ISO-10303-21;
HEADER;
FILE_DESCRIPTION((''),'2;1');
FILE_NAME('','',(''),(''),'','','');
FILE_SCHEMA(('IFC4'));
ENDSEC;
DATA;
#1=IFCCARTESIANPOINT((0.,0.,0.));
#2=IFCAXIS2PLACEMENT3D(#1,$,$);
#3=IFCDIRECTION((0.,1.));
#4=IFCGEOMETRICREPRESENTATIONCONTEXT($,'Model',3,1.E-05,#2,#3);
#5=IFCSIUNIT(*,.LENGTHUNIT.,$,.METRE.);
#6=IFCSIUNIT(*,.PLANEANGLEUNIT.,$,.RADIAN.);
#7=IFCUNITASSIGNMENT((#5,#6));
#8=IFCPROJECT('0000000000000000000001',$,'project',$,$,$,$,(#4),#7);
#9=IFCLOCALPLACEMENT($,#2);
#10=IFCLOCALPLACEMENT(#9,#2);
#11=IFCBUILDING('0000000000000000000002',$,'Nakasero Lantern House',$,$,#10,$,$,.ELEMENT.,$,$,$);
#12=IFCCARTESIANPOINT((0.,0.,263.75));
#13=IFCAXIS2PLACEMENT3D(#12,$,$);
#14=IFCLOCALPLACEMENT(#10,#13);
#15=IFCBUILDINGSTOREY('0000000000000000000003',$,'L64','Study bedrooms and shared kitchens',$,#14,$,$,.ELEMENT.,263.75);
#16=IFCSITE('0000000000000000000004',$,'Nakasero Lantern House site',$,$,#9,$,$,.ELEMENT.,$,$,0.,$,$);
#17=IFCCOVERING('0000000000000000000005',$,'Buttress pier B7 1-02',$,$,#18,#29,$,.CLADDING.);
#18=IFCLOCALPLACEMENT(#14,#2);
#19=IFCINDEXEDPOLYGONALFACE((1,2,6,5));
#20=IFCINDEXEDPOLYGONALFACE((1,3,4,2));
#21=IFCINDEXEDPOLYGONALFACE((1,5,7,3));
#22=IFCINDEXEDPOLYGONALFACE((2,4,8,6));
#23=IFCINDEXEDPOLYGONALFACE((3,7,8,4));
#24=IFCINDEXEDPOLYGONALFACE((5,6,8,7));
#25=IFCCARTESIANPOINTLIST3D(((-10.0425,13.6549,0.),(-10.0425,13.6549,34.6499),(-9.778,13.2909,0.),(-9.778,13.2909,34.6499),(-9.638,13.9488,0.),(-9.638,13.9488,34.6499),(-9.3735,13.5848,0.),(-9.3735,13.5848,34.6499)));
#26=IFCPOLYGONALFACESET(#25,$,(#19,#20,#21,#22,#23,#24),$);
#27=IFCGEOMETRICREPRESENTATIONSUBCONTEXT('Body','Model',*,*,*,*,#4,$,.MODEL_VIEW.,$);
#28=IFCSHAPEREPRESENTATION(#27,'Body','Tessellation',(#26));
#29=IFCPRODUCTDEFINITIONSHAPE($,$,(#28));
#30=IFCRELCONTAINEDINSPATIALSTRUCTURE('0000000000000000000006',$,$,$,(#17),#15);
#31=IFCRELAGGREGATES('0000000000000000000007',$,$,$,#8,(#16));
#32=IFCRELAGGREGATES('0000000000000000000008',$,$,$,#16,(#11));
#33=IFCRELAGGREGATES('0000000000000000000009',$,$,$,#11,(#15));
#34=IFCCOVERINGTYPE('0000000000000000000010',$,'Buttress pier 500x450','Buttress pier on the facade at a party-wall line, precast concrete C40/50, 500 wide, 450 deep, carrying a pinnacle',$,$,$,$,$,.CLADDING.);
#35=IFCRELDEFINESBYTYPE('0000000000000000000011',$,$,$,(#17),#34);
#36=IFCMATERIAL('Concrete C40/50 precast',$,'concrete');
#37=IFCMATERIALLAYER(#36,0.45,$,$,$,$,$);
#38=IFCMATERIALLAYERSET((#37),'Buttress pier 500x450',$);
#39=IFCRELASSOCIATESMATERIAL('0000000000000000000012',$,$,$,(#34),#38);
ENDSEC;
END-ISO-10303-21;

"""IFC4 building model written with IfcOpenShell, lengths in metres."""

from ifc_helpers import new_model, si_unit, direction, frame, origin, origin_2d, place, context, subcontext, project, spatial, rectangle, extrude, material, layer, layer_set, type_object, element, save


model = new_model("IFC4")

# Units and contexts
model_context = context("Model", 3, precision=1e-05, world=origin(), true_north=direction((0.0, 1.0)))
body_context = subcontext(model_context, "Body", "Model", "MODEL_VIEW")
ifc_project = project(units=[si_unit("LENGTHUNIT", "METRE"), si_unit("PLANEANGLEUNIT", "RADIAN")], contexts=[model_context])

# Site, building, storey
site_placement = place(None, origin())
site = spatial("IfcSite", under=ifc_project, at=site_placement, Name="Nakasero Lantern House site", CompositionType="ELEMENT", RefElevation=0.0)
building_placement = place(site_placement, origin())
building = spatial("IfcBuilding", under=site, at=building_placement, Name="Nakasero Lantern House", CompositionType="ELEMENT")
storey_placement = place(building_placement, frame((0.0, 0.0, 263.75)))
storey = spatial("IfcBuildingStorey", under=building, at=storey_placement, Name="L64", Description="Study bedrooms and shared kitchens", CompositionType="ELEMENT", Elevation=263.75)

# Covering
ifc_material_1 = material(Name="Concrete C40/50 precast", Category="concrete")
ifc_layer_1 = layer(ifc_material_1, 0.45)
ifc_layer_set_1 = layer_set([ifc_layer_1], Name="Buttress pier 500x450")
covering_type = type_object("IfcCoveringType", Name="Buttress pier 500x450", Description="Buttress pier on the facade at a party-wall line, precast concrete C40/50, 500 wide, 450 deep, carrying a pinnacle", PredefinedType="CLADDING", material=ifc_layer_set_1)
for number, where, z_axis, x_axis, name in (
    (1, (-9.708, 13.6199, 0.0), (0.0, 0.0, 1.0), (-0.587785, 0.809017, 0.0), "Buttress pier B7 1-02"),
):
    element("IfcCovering", number, at=place(storey_placement, frame(where, z_axis=z_axis, x_axis=x_axis)), inside=storey, type_object=covering_type, Name=name, PredefinedType="CLADDING", context=body_context, shape_type="SweptSolid", body=[
        extrude(rectangle(XDim=0.45, YDim=0.5, at=origin_2d()), origin(), (0.0, 0.0, 1.0), 34.6499),
    ])

save(model, "model.ifc")
